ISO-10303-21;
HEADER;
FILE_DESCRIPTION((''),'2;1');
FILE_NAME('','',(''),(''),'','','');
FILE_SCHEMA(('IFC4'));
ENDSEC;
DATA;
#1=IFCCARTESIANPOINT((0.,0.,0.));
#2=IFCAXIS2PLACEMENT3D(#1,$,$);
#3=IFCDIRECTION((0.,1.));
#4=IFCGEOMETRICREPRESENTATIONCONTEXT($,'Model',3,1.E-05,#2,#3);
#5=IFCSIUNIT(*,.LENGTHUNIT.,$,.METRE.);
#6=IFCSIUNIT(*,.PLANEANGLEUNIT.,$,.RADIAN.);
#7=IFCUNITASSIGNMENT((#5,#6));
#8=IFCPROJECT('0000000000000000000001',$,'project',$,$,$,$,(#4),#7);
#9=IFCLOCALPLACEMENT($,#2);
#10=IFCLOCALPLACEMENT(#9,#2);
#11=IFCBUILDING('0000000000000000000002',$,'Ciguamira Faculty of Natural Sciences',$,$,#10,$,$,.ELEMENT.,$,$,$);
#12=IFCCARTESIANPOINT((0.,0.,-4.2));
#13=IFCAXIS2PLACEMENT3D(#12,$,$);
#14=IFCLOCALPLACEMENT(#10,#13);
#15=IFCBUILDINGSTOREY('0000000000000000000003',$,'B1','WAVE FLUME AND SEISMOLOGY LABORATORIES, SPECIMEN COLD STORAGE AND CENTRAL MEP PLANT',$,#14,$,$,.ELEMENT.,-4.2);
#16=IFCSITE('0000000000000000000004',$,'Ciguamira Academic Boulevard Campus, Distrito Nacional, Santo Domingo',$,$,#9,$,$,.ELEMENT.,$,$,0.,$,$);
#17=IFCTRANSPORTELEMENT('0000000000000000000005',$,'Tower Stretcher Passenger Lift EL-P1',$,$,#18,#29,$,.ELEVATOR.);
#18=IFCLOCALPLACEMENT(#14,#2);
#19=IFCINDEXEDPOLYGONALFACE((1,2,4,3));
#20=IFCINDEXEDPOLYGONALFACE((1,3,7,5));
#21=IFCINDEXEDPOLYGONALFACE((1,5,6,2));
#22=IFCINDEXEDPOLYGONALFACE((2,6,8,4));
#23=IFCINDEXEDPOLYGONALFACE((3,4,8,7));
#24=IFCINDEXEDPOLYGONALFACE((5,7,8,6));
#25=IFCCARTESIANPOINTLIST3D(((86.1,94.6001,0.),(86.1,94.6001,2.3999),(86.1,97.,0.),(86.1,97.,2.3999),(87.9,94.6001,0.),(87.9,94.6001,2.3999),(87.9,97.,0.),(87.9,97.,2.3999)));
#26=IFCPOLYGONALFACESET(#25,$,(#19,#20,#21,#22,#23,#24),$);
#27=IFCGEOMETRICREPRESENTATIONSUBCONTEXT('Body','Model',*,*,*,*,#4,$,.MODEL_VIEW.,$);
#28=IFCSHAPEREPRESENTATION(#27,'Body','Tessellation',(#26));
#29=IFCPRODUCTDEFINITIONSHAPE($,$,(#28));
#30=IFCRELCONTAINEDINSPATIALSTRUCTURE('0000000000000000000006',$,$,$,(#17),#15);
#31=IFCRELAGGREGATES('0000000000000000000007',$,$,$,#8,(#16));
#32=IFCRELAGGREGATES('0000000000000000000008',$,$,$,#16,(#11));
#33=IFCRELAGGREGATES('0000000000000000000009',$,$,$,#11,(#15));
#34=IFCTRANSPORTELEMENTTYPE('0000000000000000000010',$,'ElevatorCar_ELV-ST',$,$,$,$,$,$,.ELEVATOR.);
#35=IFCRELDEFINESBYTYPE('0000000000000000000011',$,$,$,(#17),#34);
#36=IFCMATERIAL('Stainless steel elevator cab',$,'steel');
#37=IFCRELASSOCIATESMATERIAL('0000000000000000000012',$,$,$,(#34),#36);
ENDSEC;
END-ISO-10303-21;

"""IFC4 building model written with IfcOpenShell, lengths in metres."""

from ifc_helpers import new_model, si_unit, direction, frame, origin, origin_2d, place, context, subcontext, project, spatial, rectangle, extrude, material, type_object, element, save


model = new_model("IFC4")

# Units and contexts
model_context = context("Model", 3, precision=1e-05, world=origin(), true_north=direction((0.0, 1.0)))
body_context = subcontext(model_context, "Body", "Model", "MODEL_VIEW")
ifc_project = project(units=[si_unit("LENGTHUNIT", "METRE"), si_unit("PLANEANGLEUNIT", "RADIAN")], contexts=[model_context])

# Site, building, storey
site_placement = place(None, origin())
site = spatial("IfcSite", under=ifc_project, at=site_placement, Name="Ciguamira Academic Boulevard Campus, Distrito Nacional, Santo Domingo", CompositionType="ELEMENT", RefElevation=0.0)
building_placement = place(site_placement, origin())
building = spatial("IfcBuilding", under=site, at=building_placement, Name="Ciguamira Faculty of Natural Sciences", CompositionType="ELEMENT")
storey_placement = place(building_placement, frame((0.0, 0.0, -4.2)))
storey = spatial("IfcBuildingStorey", under=building, at=storey_placement, Name="B1", Description="WAVE FLUME AND SEISMOLOGY LABORATORIES, SPECIMEN COLD STORAGE AND CENTRAL MEP PLANT", CompositionType="ELEMENT", Elevation=-4.2)

# Transport element
ifc_material_1 = material(Name="Stainless steel elevator cab", Category="steel")
transport_element_type = type_object("IfcTransportElementType", Name="ElevatorCar_ELV-ST", PredefinedType="ELEVATOR", material=ifc_material_1)
transport_element_placement = place(storey_placement, frame((87.0, 95.8, 0.0), z_axis=(0.0, 0.0, 1.0), x_axis=(1.0, 0.0, 0.0)))
element("IfcTransportElement", 1, at=transport_element_placement, inside=storey, type_object=transport_element_type, Name="Tower Stretcher Passenger Lift EL-P1", PredefinedType="ELEVATOR", context=body_context, shape_type="SweptSolid", body=[
    extrude(rectangle(XDim=1.8, YDim=2.3999, at=origin_2d()), origin(), (0.0, 0.0, 1.0), 2.3999),
])

save(model, "model.ifc")
